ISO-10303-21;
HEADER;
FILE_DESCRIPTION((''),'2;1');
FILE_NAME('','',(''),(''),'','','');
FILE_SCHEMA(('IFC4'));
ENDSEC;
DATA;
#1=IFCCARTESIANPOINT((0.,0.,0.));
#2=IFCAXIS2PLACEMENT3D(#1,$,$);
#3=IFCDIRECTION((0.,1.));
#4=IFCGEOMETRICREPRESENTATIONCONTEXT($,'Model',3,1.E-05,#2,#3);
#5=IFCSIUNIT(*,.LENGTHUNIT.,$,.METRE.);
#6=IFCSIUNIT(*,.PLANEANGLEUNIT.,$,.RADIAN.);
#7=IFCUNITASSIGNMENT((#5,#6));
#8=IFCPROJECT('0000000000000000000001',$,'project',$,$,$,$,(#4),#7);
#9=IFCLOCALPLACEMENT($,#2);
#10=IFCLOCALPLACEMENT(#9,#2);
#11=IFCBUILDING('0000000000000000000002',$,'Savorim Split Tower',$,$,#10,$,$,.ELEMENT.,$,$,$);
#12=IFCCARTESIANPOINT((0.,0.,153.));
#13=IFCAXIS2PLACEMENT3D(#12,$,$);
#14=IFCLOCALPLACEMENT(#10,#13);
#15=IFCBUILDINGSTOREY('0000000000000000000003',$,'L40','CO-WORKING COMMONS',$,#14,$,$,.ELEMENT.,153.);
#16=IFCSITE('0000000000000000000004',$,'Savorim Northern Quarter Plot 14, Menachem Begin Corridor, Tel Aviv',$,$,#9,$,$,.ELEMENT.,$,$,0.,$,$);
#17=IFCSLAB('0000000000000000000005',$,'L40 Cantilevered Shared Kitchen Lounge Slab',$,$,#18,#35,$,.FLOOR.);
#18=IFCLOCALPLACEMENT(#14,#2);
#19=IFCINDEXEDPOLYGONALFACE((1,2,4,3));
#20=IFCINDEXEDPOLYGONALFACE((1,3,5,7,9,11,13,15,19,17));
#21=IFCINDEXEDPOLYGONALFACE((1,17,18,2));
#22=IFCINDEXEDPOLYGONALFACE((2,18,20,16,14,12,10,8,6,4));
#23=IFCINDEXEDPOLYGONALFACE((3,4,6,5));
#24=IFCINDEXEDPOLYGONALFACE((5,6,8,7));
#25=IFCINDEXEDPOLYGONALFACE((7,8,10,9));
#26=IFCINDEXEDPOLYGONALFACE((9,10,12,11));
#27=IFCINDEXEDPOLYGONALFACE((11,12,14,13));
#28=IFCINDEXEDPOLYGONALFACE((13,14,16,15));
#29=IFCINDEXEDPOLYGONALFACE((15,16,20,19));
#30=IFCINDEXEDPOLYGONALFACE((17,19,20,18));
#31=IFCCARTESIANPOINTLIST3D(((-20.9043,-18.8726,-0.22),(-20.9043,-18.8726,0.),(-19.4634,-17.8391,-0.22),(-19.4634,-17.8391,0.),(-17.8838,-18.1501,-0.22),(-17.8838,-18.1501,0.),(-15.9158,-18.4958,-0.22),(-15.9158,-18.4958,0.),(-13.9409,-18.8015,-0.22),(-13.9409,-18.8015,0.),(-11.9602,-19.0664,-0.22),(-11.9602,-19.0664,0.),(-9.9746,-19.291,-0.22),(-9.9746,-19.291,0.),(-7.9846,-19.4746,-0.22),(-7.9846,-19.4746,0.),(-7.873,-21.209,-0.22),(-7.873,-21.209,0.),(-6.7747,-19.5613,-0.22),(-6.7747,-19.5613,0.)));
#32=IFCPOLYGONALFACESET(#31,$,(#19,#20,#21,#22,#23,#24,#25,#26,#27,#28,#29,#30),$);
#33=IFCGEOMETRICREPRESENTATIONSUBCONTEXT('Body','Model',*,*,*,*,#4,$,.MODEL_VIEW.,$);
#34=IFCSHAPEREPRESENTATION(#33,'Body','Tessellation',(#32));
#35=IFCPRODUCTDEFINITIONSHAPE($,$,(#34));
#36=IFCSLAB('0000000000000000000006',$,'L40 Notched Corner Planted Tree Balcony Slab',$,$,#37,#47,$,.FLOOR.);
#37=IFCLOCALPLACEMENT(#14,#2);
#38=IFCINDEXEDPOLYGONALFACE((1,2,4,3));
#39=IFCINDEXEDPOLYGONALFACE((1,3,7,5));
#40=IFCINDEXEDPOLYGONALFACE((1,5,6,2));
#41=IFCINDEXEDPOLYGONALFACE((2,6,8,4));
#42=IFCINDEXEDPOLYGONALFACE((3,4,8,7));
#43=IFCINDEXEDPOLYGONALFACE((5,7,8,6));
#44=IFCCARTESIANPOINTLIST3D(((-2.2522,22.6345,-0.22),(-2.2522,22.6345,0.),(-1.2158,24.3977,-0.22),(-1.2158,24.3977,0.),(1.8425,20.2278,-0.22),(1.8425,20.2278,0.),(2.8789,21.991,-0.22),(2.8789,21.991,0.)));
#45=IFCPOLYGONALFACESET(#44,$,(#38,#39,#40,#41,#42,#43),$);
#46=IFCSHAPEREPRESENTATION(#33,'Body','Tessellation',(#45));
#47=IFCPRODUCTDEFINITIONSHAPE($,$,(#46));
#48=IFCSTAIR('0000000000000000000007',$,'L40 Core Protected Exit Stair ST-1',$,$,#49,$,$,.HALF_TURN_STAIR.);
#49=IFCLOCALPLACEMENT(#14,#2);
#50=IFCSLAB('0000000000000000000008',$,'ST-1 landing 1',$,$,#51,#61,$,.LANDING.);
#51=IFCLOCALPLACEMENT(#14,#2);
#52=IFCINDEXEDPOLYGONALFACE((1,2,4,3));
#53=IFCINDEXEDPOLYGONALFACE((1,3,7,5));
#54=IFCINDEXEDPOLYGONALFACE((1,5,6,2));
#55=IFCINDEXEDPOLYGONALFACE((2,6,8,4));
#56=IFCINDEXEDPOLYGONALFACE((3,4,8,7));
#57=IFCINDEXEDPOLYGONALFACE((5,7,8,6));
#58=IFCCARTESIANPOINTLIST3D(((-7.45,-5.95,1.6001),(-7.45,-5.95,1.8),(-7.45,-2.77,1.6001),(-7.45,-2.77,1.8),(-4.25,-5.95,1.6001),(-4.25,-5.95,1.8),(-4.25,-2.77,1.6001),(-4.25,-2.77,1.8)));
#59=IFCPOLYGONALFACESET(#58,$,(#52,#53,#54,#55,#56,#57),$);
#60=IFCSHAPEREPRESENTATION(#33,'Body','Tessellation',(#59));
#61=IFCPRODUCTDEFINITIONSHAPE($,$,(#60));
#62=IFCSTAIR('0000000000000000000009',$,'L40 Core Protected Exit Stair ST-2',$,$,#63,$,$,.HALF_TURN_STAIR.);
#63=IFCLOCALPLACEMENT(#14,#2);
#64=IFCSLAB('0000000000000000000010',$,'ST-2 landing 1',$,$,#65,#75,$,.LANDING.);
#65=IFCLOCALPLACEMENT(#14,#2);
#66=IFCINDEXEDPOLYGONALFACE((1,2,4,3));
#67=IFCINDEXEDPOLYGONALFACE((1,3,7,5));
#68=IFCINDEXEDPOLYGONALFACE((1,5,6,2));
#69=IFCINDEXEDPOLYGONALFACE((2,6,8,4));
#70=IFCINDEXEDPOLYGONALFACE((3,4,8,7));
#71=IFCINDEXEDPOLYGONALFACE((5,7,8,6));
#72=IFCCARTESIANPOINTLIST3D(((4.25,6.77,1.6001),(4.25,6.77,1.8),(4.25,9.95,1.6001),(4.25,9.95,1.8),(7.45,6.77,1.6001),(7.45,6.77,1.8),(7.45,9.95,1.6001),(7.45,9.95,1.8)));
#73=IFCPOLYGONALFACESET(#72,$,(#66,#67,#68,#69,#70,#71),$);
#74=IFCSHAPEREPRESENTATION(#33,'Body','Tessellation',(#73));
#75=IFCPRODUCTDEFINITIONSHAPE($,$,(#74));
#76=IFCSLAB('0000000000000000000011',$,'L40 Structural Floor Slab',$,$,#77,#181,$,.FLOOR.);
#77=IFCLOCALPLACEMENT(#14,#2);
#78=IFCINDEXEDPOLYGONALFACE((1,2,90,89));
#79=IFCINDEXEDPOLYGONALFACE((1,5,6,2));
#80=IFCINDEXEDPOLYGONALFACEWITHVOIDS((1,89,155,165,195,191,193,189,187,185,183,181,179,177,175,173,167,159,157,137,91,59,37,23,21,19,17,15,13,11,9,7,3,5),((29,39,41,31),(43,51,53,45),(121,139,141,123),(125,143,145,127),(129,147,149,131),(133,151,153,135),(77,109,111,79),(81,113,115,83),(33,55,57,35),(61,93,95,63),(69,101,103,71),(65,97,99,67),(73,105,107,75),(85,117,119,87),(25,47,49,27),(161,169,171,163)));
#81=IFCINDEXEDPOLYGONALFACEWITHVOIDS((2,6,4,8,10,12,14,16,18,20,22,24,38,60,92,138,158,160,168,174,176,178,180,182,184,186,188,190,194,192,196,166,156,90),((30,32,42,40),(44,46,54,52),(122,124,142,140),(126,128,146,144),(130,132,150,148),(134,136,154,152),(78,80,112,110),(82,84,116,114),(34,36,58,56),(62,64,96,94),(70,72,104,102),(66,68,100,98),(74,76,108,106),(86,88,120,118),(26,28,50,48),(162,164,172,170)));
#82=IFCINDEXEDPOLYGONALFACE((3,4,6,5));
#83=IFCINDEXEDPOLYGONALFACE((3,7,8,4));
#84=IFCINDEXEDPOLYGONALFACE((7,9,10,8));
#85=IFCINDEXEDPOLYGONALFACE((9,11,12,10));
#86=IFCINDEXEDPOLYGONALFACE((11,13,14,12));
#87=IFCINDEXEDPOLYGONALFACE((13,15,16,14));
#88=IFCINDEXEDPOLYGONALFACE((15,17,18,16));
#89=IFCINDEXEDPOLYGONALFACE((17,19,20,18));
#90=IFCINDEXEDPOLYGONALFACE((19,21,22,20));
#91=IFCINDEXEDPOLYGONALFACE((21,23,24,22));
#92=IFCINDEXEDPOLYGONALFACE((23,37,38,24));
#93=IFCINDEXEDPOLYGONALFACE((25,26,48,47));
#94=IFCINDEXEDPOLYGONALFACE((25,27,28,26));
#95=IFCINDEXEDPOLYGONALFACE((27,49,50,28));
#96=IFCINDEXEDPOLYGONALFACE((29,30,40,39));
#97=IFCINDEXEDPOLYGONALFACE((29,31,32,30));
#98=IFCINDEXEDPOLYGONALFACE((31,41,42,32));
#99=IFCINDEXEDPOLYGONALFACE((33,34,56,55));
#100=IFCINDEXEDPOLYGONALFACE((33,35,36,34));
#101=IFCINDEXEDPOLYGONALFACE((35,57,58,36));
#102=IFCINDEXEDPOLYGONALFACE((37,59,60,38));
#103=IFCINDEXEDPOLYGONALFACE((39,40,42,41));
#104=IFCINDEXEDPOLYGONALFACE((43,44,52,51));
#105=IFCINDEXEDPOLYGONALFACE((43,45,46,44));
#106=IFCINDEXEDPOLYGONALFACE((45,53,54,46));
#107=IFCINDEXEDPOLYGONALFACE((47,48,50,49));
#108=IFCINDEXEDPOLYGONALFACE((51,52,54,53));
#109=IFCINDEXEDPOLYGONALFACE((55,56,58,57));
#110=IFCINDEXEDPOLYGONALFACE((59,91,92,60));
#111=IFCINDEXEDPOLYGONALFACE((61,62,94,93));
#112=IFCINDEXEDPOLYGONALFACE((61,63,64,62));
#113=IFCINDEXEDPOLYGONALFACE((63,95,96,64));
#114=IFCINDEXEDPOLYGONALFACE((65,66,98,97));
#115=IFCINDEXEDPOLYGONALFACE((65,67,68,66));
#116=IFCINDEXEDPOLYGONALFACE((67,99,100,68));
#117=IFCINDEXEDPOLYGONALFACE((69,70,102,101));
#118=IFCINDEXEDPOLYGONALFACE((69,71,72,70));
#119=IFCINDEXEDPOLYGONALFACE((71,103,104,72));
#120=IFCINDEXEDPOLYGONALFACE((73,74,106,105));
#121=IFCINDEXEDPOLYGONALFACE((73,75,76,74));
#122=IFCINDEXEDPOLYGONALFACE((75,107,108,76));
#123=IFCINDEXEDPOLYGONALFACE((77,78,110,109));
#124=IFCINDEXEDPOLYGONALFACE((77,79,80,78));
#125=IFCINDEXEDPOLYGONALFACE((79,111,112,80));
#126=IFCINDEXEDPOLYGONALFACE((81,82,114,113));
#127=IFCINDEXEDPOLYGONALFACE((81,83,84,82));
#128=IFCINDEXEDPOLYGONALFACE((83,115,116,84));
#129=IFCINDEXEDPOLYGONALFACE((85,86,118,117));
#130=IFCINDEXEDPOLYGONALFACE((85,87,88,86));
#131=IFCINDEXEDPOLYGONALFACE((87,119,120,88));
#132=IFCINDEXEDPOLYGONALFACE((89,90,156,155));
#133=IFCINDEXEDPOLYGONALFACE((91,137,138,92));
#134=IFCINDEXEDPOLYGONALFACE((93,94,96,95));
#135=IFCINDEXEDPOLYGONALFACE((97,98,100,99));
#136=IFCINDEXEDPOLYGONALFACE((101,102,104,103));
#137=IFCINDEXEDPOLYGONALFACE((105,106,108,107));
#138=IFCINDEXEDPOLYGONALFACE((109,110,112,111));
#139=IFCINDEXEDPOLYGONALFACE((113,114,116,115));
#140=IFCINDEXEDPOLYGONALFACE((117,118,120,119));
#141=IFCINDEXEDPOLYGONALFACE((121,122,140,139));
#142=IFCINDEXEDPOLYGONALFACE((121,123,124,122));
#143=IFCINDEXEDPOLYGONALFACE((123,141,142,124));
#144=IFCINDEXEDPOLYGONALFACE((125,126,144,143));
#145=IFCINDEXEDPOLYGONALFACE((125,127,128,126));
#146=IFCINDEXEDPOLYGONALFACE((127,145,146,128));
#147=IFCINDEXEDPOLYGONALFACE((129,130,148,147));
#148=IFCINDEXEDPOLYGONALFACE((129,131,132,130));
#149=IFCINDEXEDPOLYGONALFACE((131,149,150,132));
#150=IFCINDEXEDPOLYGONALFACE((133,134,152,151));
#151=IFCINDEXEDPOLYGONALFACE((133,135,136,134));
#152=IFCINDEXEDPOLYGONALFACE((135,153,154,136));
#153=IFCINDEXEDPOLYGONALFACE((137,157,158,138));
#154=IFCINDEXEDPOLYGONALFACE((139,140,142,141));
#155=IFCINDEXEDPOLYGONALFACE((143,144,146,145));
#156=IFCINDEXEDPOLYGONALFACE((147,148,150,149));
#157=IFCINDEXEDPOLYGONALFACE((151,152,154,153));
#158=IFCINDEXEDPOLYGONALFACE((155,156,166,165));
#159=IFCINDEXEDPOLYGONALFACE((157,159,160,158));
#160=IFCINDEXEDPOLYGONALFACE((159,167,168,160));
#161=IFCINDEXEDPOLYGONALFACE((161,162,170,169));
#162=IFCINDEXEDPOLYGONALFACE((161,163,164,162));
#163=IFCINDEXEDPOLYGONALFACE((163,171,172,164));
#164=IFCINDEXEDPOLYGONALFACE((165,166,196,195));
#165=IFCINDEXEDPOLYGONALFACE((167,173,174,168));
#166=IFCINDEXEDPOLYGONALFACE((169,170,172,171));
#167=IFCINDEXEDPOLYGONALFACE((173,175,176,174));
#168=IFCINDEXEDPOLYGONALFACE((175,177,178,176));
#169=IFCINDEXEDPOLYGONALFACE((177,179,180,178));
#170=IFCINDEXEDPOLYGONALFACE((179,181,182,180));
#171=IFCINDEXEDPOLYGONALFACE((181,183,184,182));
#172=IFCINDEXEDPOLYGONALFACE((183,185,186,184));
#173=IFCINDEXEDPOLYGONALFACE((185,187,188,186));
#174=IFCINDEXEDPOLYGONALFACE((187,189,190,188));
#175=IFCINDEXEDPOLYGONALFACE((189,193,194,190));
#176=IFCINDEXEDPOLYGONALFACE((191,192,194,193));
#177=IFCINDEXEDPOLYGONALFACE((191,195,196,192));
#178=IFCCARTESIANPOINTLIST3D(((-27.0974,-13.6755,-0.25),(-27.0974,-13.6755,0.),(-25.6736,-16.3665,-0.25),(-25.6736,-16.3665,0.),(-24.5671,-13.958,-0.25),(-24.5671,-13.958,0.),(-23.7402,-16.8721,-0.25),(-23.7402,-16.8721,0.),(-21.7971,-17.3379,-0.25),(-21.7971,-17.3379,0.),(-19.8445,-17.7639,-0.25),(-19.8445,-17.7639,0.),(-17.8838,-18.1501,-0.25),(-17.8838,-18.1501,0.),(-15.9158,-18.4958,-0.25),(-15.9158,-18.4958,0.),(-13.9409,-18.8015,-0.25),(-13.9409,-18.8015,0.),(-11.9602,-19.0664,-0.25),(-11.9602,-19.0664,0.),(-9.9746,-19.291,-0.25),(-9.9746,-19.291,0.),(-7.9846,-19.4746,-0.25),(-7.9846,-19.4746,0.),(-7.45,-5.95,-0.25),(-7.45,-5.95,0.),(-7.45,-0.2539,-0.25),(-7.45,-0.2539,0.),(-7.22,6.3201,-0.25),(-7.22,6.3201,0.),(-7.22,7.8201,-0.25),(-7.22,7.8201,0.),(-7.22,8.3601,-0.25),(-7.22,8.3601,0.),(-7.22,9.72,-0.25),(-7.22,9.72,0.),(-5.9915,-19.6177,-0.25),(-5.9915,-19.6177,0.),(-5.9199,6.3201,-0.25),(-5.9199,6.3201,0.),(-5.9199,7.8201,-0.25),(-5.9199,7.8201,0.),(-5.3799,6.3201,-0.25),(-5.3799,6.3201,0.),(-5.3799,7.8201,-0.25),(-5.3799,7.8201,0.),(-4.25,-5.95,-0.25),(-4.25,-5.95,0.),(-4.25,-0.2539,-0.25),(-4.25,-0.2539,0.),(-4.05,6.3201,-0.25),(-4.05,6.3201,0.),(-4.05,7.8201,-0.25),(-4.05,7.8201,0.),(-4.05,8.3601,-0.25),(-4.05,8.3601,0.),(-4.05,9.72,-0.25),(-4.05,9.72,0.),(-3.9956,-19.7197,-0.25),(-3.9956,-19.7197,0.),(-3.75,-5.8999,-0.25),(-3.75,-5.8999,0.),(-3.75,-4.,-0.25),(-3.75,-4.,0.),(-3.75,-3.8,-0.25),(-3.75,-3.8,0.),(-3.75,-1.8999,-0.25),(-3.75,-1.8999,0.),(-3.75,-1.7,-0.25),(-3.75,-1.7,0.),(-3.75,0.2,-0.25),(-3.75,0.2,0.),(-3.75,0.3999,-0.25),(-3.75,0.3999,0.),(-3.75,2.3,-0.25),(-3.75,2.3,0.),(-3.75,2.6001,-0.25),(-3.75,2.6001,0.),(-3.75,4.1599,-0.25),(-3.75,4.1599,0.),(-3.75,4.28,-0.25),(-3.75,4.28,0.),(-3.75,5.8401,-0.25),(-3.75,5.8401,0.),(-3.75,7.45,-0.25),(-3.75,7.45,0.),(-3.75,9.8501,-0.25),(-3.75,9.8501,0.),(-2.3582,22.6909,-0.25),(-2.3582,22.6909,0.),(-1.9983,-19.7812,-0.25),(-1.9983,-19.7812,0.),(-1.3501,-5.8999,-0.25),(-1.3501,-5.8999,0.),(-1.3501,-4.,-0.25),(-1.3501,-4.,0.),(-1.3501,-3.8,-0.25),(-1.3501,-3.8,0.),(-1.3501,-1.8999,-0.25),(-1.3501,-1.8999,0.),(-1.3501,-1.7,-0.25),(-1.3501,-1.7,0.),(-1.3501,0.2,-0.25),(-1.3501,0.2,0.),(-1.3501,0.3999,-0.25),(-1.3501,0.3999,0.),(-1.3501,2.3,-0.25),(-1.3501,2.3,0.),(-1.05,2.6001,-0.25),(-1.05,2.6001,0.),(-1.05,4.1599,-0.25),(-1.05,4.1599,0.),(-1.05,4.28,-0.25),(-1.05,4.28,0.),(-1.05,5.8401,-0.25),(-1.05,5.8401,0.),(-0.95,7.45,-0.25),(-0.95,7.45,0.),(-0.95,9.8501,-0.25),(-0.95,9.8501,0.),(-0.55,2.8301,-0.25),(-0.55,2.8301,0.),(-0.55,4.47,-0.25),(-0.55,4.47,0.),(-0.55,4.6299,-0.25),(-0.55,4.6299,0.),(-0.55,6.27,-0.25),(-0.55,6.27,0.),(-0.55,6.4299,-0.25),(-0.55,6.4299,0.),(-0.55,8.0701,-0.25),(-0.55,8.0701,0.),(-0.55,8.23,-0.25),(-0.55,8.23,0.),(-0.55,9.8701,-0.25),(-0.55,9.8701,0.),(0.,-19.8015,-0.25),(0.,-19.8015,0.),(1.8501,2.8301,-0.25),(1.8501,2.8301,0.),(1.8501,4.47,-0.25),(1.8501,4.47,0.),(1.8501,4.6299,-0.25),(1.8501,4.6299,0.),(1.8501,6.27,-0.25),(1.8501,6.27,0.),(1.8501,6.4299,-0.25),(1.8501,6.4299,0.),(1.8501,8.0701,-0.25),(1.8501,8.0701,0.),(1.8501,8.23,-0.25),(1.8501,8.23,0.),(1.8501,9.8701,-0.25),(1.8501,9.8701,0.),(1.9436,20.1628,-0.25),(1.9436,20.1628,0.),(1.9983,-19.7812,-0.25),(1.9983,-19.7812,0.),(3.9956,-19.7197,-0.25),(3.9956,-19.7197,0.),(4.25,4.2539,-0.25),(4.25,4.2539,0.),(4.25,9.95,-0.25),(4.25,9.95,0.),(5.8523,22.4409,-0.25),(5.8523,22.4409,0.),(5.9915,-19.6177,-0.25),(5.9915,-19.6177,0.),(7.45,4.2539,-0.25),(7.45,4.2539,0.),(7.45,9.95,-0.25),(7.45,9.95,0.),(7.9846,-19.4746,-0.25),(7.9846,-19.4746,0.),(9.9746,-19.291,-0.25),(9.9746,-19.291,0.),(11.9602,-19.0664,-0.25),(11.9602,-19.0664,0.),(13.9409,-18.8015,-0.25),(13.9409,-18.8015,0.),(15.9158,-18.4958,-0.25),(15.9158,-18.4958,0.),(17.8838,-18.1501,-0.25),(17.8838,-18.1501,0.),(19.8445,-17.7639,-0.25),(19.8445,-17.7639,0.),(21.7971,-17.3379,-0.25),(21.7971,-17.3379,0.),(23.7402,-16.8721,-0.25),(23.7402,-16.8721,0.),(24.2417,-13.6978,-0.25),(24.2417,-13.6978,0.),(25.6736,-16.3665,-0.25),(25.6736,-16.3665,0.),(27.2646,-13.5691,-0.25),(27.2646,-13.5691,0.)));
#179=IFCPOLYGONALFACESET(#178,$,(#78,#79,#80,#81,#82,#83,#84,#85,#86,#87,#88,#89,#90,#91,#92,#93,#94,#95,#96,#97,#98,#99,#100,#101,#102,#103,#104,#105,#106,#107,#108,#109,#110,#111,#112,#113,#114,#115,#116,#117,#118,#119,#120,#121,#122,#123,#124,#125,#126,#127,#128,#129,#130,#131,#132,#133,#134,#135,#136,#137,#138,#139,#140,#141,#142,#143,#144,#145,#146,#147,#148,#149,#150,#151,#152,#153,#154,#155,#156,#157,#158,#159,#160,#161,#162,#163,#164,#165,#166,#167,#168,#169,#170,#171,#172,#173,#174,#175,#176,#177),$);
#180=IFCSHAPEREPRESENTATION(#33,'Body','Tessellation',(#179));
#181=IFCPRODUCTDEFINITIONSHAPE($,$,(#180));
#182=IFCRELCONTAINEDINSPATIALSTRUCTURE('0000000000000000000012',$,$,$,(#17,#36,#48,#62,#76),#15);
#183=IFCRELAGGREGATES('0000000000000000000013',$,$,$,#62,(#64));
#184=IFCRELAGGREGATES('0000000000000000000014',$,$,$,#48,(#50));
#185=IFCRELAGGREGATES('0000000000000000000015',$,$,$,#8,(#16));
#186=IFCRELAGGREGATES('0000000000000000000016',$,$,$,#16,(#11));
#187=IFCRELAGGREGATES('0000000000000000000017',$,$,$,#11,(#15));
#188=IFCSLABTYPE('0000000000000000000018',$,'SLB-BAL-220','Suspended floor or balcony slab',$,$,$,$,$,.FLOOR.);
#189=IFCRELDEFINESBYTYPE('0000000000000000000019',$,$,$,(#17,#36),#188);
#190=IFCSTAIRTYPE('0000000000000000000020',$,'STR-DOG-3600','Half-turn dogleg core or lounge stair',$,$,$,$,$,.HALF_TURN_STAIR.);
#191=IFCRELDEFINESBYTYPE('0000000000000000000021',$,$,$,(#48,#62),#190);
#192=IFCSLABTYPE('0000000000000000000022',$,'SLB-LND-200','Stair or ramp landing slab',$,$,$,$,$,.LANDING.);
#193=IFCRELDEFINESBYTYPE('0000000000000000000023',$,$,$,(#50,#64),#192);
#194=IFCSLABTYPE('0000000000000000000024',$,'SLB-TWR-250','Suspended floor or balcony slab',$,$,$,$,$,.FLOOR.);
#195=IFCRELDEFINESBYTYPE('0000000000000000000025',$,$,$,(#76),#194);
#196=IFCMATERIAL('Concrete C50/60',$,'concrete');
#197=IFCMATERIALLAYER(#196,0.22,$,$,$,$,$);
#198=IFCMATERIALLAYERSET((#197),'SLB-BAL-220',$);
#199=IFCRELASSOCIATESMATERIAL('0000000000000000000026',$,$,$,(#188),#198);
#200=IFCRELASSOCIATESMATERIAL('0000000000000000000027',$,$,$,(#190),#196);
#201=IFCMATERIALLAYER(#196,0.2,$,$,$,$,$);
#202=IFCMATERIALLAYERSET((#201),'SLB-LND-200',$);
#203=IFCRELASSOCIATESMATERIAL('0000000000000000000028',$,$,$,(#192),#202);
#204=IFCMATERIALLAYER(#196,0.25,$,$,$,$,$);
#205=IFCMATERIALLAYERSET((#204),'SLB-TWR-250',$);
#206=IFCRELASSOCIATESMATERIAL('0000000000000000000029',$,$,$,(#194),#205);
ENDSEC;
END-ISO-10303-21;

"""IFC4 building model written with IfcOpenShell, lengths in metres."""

from ifc_helpers import new_model, si_unit, direction, frame, origin, place, context, subcontext, project, spatial, polyline, outline, extrude, material, layer, layer_set, type_object, element, aggregate, save


model = new_model("IFC4")

# Units and contexts
model_context = context("Model", 3, precision=1e-05, world=origin(), true_north=direction((0.0, 1.0)))
body_context = subcontext(model_context, "Body", "Model", "MODEL_VIEW")
ifc_project = project(units=[si_unit("LENGTHUNIT", "METRE"), si_unit("PLANEANGLEUNIT", "RADIAN")], contexts=[model_context])

# Site, building, storey
site_placement = place(None, origin())
site = spatial("IfcSite", under=ifc_project, at=site_placement, Name="Savorim Northern Quarter Plot 14, Menachem Begin Corridor, Tel Aviv", CompositionType="ELEMENT", RefElevation=0.0)
building_placement = place(site_placement, origin())
building = spatial("IfcBuilding", under=site, at=building_placement, Name="Savorim Split Tower", CompositionType="ELEMENT")
storey_placement = place(building_placement, frame((0.0, 0.0, 153.0)))
storey = spatial("IfcBuildingStorey", under=building, at=storey_placement, Name="L40", Description="CO-WORKING COMMONS", CompositionType="ELEMENT", Elevation=153.0)

# Slabs
ifc_material_1 = material(Name="Concrete C50/60", Category="concrete")
ifc_layer_1 = layer(ifc_material_1, 0.22)
ifc_layer_set_1 = layer_set([ifc_layer_1], Name="SLB-BAL-220")
slab_type_1 = type_object("IfcSlabType", Name="SLB-BAL-220", Description="Suspended floor or balcony slab", PredefinedType="FLOOR", material=ifc_layer_set_1)
slab_1_placement = place(storey_placement, frame((0.0, 0.0, -0.22)))
element("IfcSlab", 1, at=slab_1_placement, inside=storey, type_object=slab_type_1, Name="L40 Cantilevered Shared Kitchen Lounge Slab", PredefinedType="FLOOR", context=body_context, shape_type="SweptSolid", body=[
    extrude(outline(polyline([(-6.7747, -19.5613), (-7.9846, -19.4746), (-9.9746, -19.291), (-11.9602, -19.0664), (-13.9409, -18.8015), (-15.9158, -18.4958), (-17.8838, -18.1501), (-19.4634, -17.8391), (-20.9043, -18.8726), (-7.873, -21.209), (-6.7747, -19.5613)])), origin(), (0.0, 0.0, 1.0), 0.22),
])
slab_2_placement = place(storey_placement, frame((0.0, 0.0, -0.22)))
element("IfcSlab", 2, at=slab_2_placement, inside=storey, type_object=slab_type_1, Name="L40 Notched Corner Planted Tree Balcony Slab", PredefinedType="FLOOR", context=body_context, shape_type="SweptSolid", body=[
    extrude(outline(polyline([(-2.2522, 22.6345), (1.8425, 20.2278), (2.8789, 21.991), (-1.2158, 24.3977), (-2.2522, 22.6345)])), origin(), (0.0, 0.0, 1.0), 0.22),
])

# Stairs, slabs
stair_type = type_object("IfcStairType", Name="STR-DOG-3600", Description="Half-turn dogleg core or lounge stair", PredefinedType="HALF_TURN_STAIR", material=ifc_material_1)
stair_1_placement = place(storey_placement, origin())
stair_1 = element("IfcStair", 3, at=stair_1_placement, inside=storey, type_object=stair_type, Name="L40 Core Protected Exit Stair ST-1", PredefinedType="HALF_TURN_STAIR")
ifc_layer_2 = layer(ifc_material_1, 0.2)
ifc_layer_set_2 = layer_set([ifc_layer_2], Name="SLB-LND-200")
slab_type_2 = type_object("IfcSlabType", Name="SLB-LND-200", Description="Stair or ramp landing slab", PredefinedType="LANDING", material=ifc_layer_set_2)
slab_3_placement = place(storey_placement, frame((0.0, 0.0, 1.6001)))
slab_3 = element("IfcSlab", 4, at=slab_3_placement, type_object=slab_type_2, Name="ST-1 landing 1", PredefinedType="LANDING", context=body_context, shape_type="SweptSolid", body=[
    extrude(outline(polyline([(-7.45, -2.77), (-7.45, -5.95), (-4.25, -5.95), (-4.25, -2.77), (-7.45, -2.77)])), origin(), (0.0, 0.0, 1.0), 0.2),
])
stair_2_placement = place(storey_placement, origin())
stair_2 = element("IfcStair", 5, at=stair_2_placement, inside=storey, type_object=stair_type, Name="L40 Core Protected Exit Stair ST-2", PredefinedType="HALF_TURN_STAIR")
slab_4_placement = place(storey_placement, frame((0.0, 0.0, 1.6001)))
slab_4 = element("IfcSlab", 6, at=slab_4_placement, type_object=slab_type_2, Name="ST-2 landing 1", PredefinedType="LANDING", context=body_context, shape_type="SweptSolid", body=[
    extrude(outline(polyline([(7.45, 6.77), (7.45, 9.95), (4.25, 9.95), (4.25, 6.77), (7.45, 6.77)])), origin(), (0.0, 0.0, 1.0), 0.2),
])
aggregate(stair_2, [slab_4])

# Slab
ifc_layer_3 = layer(ifc_material_1, 0.25)
ifc_layer_set_3 = layer_set([ifc_layer_3], Name="SLB-TWR-250")
slab_type_3 = type_object("IfcSlabType", Name="SLB-TWR-250", Description="Suspended floor or balcony slab", PredefinedType="FLOOR", material=ifc_layer_set_3)
slab_5_placement = place(storey_placement, frame((0.0, 0.0, -0.25)))
element("IfcSlab", 7, at=slab_5_placement, inside=storey, type_object=slab_type_3, Name="L40 Structural Floor Slab", PredefinedType="FLOOR", context=body_context, shape_type="SweptSolid", body=[
    extrude(outline(polyline([(-25.6736, -16.3665), (-23.7402, -16.8721), (-21.7971, -17.3379), (-19.8445, -17.7639), (-17.8838, -18.1501), (-15.9158, -18.4958), (-13.9409, -18.8015), (-11.9602, -19.0664), (-9.9746, -19.291), (-7.9846, -19.4746), (-5.9915, -19.6177), (-3.9956, -19.7197), (-1.9983, -19.7812), (0.0, -19.8015), (1.9983, -19.7812), (3.9956, -19.7197), (5.9915, -19.6177), (7.9846, -19.4746), (9.9746, -19.291), (11.9602, -19.0664), (13.9409, -18.8015), (15.9158, -18.4958), (17.8838, -18.1501), (19.8445, -17.7639), (21.7971, -17.3379), (23.7402, -16.8721), (25.6736, -16.3665), (24.2417, -13.6978), (27.2646, -13.5691), (5.8523, 22.4409), (1.9436, 20.1628), (-2.3582, 22.6909), (-27.0974, -13.6755), (-24.5671, -13.958), (-25.6736, -16.3665)]), holes=[polyline([(-7.45, -0.2539), (-7.45, -5.95), (-4.25, -5.95), (-4.25, -0.2539), (-7.45, -0.2539)]), polyline([(7.45, 4.2539), (7.45, 9.95), (4.25, 9.95), (4.25, 4.2539), (7.45, 4.2539)]), polyline([(-3.75, -5.8999), (-1.3501, -5.8999), (-1.3501, -4.0), (-3.75, -4.0), (-3.75, -5.8999)]), polyline([(-3.75, -3.8), (-1.3501, -3.8), (-1.3501, -1.8999), (-3.75, -1.8999), (-3.75, -3.8)]), polyline([(-3.75, -1.7), (-1.3501, -1.7), (-1.3501, 0.2), (-3.75, 0.2), (-3.75, -1.7)]), polyline([(-3.75, 0.3999), (-1.3501, 0.3999), (-1.3501, 2.3), (-3.75, 2.3), (-3.75, 0.3999)]), polyline([(-0.55, 2.8301), (1.8501, 2.8301), (1.8501, 4.47), (-0.55, 4.47), (-0.55, 2.8301)]), polyline([(-0.55, 4.6299), (1.8501, 4.6299), (1.8501, 6.27), (-0.55, 6.27), (-0.55, 4.6299)]), polyline([(-0.55, 6.4299), (1.8501, 6.4299), (1.8501, 8.0701), (-0.55, 8.0701), (-0.55, 6.4299)]), polyline([(-0.55, 8.23), (1.8501, 8.23), (1.8501, 9.8701), (-0.55, 9.8701), (-0.55, 8.23)]), polyline([(-3.75, 2.6001), (-1.05, 2.6001), (-1.05, 4.1599), (-3.75, 4.1599), (-3.75, 2.6001)]), polyline([(-3.75, 4.28), (-1.05, 4.28), (-1.05, 5.8401), (-3.75, 5.8401), (-3.75, 4.28)]), polyline([(-3.75, 7.45), (-0.95, 7.45), (-0.95, 9.8501), (-3.75, 9.8501), (-3.75, 7.45)]), polyline([(-7.22, 6.3201), (-5.9199, 6.3201), (-5.9199, 7.8201), (-7.22, 7.8201), (-7.22, 6.3201)]), polyline([(-5.3799, 6.3201), (-4.05, 6.3201), (-4.05, 7.8201), (-5.3799, 7.8201), (-5.3799, 6.3201)]), polyline([(-7.22, 8.3601), (-4.05, 8.3601), (-4.05, 9.72), (-7.22, 9.72), (-7.22, 8.3601)])]), origin(), (0.0, 0.0, 1.0), 0.25),
])

aggregate(stair_1, [slab_3])

save(model, "model.ifc")
